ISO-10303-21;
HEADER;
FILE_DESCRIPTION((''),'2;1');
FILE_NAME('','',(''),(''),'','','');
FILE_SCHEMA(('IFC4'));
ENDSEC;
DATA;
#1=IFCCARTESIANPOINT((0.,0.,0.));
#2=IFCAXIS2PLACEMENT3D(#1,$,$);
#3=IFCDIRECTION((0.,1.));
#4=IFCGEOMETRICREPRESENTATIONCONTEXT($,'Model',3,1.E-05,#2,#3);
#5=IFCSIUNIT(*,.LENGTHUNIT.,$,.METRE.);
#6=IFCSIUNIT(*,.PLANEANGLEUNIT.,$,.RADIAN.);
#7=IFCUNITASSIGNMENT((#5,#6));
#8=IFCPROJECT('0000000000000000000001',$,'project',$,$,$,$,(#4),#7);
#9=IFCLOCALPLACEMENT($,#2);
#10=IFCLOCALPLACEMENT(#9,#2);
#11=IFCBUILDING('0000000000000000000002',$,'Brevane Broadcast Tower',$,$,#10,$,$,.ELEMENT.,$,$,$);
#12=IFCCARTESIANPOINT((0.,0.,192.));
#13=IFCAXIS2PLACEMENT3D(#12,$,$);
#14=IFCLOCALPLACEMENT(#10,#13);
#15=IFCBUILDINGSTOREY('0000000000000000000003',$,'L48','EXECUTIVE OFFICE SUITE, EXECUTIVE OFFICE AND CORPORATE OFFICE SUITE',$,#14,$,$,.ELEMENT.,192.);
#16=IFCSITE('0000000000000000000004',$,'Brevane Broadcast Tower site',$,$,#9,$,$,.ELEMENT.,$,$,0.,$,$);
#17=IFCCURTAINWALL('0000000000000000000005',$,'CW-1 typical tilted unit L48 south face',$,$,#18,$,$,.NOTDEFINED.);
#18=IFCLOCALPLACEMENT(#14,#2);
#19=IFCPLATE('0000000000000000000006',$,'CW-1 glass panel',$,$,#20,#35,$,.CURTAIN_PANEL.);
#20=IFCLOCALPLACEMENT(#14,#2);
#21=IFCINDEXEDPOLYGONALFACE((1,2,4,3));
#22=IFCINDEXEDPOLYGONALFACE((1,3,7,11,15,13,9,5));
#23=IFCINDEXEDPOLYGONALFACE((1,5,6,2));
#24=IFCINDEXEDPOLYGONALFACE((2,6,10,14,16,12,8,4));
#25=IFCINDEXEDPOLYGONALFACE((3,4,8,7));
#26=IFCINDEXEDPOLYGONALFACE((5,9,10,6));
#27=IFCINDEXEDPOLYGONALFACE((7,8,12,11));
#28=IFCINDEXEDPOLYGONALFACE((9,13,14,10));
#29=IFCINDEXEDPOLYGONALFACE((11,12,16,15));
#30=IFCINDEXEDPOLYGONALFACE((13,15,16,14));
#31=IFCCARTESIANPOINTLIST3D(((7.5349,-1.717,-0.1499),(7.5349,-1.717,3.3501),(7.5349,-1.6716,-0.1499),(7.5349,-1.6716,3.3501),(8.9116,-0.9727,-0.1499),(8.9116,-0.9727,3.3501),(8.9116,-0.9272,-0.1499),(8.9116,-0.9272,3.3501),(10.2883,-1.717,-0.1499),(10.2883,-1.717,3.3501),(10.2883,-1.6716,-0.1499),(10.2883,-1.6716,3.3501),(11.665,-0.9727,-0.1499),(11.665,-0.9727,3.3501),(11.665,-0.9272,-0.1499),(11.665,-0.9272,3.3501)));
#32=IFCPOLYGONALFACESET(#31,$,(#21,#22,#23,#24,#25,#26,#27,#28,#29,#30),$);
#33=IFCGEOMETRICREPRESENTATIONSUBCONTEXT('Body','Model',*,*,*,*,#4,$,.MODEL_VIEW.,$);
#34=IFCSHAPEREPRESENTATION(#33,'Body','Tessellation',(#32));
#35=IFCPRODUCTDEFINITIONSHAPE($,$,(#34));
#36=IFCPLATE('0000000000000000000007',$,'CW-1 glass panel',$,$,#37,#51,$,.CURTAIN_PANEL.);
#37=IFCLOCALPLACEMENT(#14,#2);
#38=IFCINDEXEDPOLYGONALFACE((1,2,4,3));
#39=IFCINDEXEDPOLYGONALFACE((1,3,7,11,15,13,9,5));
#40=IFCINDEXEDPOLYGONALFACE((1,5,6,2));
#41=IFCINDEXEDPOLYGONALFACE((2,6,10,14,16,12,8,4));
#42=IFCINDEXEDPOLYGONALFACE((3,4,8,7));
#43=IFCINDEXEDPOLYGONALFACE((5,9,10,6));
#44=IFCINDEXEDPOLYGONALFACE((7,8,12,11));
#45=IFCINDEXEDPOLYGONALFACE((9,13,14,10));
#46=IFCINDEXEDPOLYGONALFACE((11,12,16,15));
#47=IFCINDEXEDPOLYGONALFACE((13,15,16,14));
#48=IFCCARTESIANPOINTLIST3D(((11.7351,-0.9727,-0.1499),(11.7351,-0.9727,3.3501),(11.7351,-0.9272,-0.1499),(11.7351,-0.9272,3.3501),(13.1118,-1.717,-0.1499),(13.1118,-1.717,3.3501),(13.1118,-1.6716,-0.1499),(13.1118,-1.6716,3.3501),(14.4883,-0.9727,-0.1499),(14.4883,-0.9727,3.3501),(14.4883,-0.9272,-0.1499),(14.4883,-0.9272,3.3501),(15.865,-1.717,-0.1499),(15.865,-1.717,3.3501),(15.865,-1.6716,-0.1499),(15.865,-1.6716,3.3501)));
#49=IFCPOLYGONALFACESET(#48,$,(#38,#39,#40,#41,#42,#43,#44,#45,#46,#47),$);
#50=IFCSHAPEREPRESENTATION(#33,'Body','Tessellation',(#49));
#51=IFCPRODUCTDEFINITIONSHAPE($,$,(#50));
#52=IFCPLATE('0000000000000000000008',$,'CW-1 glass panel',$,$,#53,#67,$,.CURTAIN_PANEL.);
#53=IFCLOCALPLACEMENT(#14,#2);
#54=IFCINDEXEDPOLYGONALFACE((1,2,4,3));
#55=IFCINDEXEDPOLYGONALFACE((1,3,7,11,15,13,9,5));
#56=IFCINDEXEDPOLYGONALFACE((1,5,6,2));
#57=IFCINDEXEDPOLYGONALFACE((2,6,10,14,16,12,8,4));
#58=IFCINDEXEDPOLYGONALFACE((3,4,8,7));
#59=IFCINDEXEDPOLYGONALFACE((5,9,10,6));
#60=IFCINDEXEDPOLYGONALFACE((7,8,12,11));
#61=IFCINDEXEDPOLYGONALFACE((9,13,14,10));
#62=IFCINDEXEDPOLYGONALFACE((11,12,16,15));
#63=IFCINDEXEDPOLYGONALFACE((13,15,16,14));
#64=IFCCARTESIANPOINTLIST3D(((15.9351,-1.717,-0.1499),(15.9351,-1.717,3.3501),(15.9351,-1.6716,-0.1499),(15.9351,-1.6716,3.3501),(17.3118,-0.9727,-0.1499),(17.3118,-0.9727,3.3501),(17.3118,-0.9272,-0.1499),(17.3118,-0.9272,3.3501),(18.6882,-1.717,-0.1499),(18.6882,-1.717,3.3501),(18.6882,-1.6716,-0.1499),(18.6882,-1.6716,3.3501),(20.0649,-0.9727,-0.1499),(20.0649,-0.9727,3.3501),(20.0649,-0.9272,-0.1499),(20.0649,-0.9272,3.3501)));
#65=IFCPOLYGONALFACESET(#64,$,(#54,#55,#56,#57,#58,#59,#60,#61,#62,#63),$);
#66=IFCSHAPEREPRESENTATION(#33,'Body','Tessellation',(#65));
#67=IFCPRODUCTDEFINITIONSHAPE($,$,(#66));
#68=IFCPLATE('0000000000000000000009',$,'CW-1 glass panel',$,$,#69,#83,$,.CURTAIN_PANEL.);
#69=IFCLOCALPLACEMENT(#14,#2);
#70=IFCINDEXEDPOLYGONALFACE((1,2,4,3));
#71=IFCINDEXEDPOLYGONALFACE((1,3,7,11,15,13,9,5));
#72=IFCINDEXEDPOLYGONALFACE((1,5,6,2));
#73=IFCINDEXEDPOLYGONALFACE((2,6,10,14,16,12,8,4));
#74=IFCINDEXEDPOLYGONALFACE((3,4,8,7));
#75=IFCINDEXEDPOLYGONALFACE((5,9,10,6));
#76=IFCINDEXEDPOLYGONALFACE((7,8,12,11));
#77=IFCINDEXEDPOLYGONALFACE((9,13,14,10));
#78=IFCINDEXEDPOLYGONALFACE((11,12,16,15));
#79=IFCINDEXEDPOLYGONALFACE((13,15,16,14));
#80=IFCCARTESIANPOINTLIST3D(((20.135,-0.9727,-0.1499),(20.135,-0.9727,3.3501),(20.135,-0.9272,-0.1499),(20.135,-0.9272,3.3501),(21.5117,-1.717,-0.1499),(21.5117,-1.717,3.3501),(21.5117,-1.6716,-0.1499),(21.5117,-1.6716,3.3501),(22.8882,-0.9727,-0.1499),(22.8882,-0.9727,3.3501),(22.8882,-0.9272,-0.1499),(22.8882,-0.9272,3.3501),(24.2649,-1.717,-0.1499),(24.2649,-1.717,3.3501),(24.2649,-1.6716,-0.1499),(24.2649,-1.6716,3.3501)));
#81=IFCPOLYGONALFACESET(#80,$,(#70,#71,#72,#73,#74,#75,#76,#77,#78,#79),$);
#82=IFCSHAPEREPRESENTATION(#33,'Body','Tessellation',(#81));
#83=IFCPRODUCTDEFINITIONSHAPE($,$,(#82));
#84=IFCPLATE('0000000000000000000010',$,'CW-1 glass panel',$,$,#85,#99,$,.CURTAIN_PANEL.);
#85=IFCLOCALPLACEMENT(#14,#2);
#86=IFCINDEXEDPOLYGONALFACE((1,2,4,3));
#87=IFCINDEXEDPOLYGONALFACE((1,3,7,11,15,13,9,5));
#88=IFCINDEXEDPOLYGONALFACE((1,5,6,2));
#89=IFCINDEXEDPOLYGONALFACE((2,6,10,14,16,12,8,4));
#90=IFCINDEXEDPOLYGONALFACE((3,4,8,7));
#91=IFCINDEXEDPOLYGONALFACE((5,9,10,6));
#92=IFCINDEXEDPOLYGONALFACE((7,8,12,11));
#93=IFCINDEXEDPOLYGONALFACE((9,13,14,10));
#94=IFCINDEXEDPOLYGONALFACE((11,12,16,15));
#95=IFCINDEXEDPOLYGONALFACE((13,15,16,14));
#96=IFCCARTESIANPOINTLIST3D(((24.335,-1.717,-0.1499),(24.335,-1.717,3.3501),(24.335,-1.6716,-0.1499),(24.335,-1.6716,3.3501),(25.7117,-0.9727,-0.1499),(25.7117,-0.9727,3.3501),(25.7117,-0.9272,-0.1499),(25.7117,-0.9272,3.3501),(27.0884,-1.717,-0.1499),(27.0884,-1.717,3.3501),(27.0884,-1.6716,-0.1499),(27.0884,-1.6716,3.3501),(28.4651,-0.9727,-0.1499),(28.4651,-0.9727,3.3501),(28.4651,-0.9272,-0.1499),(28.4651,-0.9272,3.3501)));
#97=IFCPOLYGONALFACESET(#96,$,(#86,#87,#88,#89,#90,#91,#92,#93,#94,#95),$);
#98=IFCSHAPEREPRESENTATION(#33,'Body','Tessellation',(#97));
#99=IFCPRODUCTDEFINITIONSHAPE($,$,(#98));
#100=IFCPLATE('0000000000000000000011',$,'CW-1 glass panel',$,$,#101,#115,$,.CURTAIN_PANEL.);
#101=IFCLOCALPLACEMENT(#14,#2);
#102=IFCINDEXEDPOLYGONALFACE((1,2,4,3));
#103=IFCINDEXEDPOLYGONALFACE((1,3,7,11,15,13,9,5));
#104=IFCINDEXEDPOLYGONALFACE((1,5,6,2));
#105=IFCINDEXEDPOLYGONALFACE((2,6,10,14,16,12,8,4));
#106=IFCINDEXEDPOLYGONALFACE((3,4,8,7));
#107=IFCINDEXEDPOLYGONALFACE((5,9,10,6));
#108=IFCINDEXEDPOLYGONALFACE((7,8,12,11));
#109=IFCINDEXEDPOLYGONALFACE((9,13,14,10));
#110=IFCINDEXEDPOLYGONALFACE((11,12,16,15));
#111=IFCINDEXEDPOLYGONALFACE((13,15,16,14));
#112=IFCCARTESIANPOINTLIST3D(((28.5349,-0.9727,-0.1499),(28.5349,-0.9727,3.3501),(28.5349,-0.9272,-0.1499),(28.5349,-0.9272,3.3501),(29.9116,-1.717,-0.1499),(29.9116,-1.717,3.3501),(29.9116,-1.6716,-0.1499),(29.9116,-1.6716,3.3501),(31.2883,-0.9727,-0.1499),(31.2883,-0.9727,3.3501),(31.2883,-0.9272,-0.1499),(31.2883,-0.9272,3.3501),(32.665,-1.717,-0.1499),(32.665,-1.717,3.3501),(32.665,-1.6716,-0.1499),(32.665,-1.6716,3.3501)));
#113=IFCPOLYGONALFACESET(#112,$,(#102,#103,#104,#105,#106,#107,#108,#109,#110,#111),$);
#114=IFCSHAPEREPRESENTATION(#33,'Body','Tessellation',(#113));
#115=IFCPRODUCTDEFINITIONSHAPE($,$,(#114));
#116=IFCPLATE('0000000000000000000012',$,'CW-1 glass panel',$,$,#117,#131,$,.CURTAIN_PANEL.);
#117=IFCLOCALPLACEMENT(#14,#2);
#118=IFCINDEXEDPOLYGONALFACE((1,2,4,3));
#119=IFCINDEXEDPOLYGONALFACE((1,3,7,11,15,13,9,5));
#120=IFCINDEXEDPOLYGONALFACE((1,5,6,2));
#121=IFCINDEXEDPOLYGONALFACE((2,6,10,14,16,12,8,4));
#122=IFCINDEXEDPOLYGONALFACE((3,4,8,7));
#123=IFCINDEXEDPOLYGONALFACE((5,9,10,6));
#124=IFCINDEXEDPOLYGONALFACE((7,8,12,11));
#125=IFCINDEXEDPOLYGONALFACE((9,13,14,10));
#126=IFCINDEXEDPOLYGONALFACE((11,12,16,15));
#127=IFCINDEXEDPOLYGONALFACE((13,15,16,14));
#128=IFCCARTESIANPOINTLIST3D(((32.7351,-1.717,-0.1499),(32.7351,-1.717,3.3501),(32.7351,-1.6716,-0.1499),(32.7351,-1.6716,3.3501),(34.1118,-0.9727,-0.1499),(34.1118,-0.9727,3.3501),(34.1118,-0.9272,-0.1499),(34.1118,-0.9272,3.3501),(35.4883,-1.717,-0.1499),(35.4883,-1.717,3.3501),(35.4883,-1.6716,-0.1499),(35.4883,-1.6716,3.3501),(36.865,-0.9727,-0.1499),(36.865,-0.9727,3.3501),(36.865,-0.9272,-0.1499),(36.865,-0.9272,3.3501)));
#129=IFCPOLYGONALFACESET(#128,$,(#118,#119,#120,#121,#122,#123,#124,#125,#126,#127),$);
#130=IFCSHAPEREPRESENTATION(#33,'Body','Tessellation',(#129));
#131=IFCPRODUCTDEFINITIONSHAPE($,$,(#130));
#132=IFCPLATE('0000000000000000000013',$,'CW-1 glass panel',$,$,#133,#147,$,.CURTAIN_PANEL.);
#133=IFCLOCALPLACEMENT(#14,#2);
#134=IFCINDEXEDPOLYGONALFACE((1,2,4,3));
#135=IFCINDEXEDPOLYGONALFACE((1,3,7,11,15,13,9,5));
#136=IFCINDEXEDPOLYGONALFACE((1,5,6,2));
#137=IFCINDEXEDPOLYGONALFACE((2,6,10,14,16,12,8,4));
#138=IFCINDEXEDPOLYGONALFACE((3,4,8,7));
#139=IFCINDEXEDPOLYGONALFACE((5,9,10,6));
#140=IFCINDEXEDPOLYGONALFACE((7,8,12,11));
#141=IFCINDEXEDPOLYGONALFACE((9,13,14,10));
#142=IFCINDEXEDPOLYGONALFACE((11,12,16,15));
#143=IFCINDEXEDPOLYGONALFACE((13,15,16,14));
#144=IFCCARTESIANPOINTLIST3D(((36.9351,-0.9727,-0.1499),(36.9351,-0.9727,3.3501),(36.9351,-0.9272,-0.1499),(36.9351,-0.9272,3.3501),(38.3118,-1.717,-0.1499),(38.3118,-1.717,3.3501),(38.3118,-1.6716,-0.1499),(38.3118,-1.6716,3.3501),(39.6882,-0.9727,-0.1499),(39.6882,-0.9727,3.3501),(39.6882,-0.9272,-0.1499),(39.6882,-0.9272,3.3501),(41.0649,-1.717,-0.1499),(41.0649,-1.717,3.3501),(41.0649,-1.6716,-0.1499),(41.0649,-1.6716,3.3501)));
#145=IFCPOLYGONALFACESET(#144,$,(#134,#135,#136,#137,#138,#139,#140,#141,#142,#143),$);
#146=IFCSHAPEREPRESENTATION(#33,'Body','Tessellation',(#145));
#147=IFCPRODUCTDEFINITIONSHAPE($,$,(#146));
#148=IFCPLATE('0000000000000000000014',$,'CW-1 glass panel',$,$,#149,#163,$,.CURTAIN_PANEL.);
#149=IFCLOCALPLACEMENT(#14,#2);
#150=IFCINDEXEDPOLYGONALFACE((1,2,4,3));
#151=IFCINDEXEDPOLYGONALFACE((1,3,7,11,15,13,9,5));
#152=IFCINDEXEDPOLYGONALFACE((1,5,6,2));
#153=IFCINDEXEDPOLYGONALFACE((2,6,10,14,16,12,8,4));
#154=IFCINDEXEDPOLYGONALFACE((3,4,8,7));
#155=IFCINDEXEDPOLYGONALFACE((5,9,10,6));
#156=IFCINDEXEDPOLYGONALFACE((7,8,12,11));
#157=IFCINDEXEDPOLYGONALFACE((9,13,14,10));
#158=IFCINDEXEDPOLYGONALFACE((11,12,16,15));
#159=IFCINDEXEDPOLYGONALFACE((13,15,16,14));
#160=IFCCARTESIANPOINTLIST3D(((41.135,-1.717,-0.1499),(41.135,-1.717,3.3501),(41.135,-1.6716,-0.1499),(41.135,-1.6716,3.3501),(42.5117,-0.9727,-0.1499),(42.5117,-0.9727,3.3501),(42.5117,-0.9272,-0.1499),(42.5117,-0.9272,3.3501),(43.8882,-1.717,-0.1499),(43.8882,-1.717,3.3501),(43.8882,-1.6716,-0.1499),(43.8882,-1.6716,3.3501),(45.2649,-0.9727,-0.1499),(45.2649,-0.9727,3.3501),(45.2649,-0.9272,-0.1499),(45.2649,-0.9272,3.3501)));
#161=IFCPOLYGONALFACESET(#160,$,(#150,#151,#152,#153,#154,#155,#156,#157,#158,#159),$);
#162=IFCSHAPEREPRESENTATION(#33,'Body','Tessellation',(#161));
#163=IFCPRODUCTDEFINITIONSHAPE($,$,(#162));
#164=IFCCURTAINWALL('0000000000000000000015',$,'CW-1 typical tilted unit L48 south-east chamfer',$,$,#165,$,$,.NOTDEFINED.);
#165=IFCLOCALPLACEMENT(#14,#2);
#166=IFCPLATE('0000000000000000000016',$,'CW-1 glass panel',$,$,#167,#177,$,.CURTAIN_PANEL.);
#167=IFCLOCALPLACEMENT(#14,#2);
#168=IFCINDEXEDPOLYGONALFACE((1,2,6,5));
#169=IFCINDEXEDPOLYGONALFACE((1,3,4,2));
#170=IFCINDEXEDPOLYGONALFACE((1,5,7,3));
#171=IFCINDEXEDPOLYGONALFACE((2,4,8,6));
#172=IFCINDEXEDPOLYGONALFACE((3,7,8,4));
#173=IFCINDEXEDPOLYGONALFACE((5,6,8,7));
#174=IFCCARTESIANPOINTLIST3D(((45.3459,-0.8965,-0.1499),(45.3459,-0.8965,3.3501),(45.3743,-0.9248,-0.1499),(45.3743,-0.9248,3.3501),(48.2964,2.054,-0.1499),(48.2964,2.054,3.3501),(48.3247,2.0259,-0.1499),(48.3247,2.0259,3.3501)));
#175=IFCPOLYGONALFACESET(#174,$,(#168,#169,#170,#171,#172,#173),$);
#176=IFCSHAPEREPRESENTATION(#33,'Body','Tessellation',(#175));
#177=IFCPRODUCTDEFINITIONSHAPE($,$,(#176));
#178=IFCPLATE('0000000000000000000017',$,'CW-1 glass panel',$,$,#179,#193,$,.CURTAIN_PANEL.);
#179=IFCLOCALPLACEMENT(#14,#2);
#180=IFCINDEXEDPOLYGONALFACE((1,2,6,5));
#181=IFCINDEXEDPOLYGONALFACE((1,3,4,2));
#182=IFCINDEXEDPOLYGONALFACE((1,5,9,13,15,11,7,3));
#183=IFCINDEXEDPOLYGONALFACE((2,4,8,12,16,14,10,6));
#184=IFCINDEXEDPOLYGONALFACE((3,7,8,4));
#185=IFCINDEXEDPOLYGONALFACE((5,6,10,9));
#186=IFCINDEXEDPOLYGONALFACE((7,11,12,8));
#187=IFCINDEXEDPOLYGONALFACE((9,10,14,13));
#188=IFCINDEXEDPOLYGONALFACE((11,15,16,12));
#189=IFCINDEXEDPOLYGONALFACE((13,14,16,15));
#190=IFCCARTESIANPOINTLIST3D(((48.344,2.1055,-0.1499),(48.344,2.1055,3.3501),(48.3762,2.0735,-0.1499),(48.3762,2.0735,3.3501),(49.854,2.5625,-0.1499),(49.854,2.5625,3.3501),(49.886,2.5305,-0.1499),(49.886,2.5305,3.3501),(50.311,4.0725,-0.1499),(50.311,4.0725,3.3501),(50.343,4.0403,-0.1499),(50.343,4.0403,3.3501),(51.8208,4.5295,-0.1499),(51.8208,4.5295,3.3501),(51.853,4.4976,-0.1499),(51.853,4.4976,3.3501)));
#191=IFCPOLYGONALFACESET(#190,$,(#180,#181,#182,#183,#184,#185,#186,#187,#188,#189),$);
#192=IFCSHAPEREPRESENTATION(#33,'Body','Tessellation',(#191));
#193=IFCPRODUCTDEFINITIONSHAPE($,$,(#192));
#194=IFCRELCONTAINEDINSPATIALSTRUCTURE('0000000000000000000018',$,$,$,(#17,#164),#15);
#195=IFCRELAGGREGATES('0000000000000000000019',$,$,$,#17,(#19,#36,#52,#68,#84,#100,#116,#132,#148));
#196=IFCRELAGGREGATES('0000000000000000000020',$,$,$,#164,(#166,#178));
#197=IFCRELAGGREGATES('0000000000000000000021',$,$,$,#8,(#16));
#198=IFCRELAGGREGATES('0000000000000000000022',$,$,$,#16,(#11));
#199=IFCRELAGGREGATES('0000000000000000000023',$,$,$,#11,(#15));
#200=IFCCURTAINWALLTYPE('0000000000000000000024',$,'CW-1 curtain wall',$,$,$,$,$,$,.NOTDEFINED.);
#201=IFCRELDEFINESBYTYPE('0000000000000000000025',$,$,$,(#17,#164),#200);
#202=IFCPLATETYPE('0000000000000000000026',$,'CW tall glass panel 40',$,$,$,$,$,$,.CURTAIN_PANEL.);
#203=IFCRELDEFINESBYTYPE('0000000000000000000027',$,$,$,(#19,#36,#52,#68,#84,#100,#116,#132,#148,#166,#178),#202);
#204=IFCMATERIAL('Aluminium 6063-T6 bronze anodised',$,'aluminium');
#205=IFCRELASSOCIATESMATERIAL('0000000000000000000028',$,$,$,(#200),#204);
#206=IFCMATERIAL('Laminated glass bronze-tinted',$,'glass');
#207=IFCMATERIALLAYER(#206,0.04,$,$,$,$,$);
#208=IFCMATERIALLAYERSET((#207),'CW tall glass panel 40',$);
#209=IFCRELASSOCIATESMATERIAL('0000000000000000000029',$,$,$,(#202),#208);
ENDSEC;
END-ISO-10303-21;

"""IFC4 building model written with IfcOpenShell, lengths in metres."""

from ifc_helpers import new_model, si_unit, direction, frame, origin, place, context, subcontext, project, spatial, polyline, outline, extrude, material, layer, layer_set, type_object, element, aggregate, save


model = new_model("IFC4")

# Units and contexts
model_context = context("Model", 3, precision=1e-05, world=origin(), true_north=direction((0.0, 1.0)))
body_context = subcontext(model_context, "Body", "Model", "MODEL_VIEW")
ifc_project = project(units=[si_unit("LENGTHUNIT", "METRE"), si_unit("PLANEANGLEUNIT", "RADIAN")], contexts=[model_context])

# Site, building, storey
site_placement = place(None, origin())
site = spatial("IfcSite", under=ifc_project, at=site_placement, Name="Brevane Broadcast Tower site", CompositionType="ELEMENT", RefElevation=0.0)
building_placement = place(site_placement, origin())
building = spatial("IfcBuilding", under=site, at=building_placement, Name="Brevane Broadcast Tower", CompositionType="ELEMENT")
storey_placement = place(building_placement, frame((0.0, 0.0, 192.0)))
storey = spatial("IfcBuildingStorey", under=building, at=storey_placement, Name="L48", Description="EXECUTIVE OFFICE SUITE, EXECUTIVE OFFICE AND CORPORATE OFFICE SUITE", CompositionType="ELEMENT", Elevation=192.0)

# Curtain walls, plates
ifc_material_1 = material(Name="Aluminium 6063-T6 bronze anodised", Category="aluminium")
curtain_wall_type = type_object("IfcCurtainWallType", Name="CW-1 curtain wall", PredefinedType="NOTDEFINED", material=ifc_material_1)
curtain_wall_1_placement = place(storey_placement, origin())
curtain_wall_1 = element("IfcCurtainWall", 1, at=curtain_wall_1_placement, inside=storey, type_object=curtain_wall_type, Name="CW-1 typical tilted unit L48 south face", PredefinedType="NOTDEFINED")
ifc_material_2 = material(Name="Laminated glass bronze-tinted", Category="glass")
ifc_layer = layer(ifc_material_2, 0.04)
ifc_layer_set = layer_set([ifc_layer], Name="CW tall glass panel 40")
plate_type = type_object("IfcPlateType", Name="CW tall glass panel 40", PredefinedType="CURTAIN_PANEL", material=ifc_layer_set)
plate_1_placement = place(storey_placement, frame((0.0, 0.0, -0.1499)))
plate_1 = element("IfcPlate", 2, at=plate_1_placement, type_object=plate_type, Name="CW-1 glass panel", PredefinedType="CURTAIN_PANEL", context=body_context, shape_type="SweptSolid", body=[
    extrude(outline(polyline([(7.5349, -1.6716), (7.5349, -1.717), (8.9116, -0.9727), (10.2883, -1.717), (11.665, -0.9727), (11.665, -0.9272), (10.2883, -1.6716), (8.9116, -0.9272), (7.5349, -1.6716)])), origin(), (0.0, 0.0, 1.0), 3.5),
])
plate_2_placement = place(storey_placement, frame((0.0, 0.0, -0.1499)))
plate_2 = element("IfcPlate", 3, at=plate_2_placement, type_object=plate_type, Name="CW-1 glass panel", PredefinedType="CURTAIN_PANEL", context=body_context, shape_type="SweptSolid", body=[
    extrude(outline(polyline([(11.7351, -0.9272), (11.7351, -0.9727), (13.1118, -1.717), (14.4883, -0.9727), (15.865, -1.717), (15.865, -1.6716), (14.4883, -0.9272), (13.1118, -1.6716), (11.7351, -0.9272)])), origin(), (0.0, 0.0, 1.0), 3.5),
])
plate_3_placement = place(storey_placement, frame((0.0, 0.0, -0.1499)))
plate_3 = element("IfcPlate", 4, at=plate_3_placement, type_object=plate_type, Name="CW-1 glass panel", PredefinedType="CURTAIN_PANEL", context=body_context, shape_type="SweptSolid", body=[
    extrude(outline(polyline([(15.9351, -1.6716), (15.9351, -1.717), (17.3118, -0.9727), (18.6882, -1.717), (20.0649, -0.9727), (20.0649, -0.9272), (18.6882, -1.6716), (17.3118, -0.9272), (15.9351, -1.6716)])), origin(), (0.0, 0.0, 1.0), 3.5),
])
plate_4_placement = place(storey_placement, frame((0.0, 0.0, -0.1499)))
plate_4 = element("IfcPlate", 5, at=plate_4_placement, type_object=plate_type, Name="CW-1 glass panel", PredefinedType="CURTAIN_PANEL", context=body_context, shape_type="SweptSolid", body=[
    extrude(outline(polyline([(20.135, -0.9272), (20.135, -0.9727), (21.5117, -1.717), (22.8882, -0.9727), (24.2649, -1.717), (24.2649, -1.6716), (22.8882, -0.9272), (21.5117, -1.6716), (20.135, -0.9272)])), origin(), (0.0, 0.0, 1.0), 3.5),
])
plate_5_placement = place(storey_placement, frame((0.0, 0.0, -0.1499)))
plate_5 = element("IfcPlate", 6, at=plate_5_placement, type_object=plate_type, Name="CW-1 glass panel", PredefinedType="CURTAIN_PANEL", context=body_context, shape_type="SweptSolid", body=[
    extrude(outline(polyline([(24.335, -1.6716), (24.335, -1.717), (25.7117, -0.9727), (27.0884, -1.717), (28.4651, -0.9727), (28.4651, -0.9272), (27.0884, -1.6716), (25.7117, -0.9272), (24.335, -1.6716)])), origin(), (0.0, 0.0, 1.0), 3.5),
])
plate_6_placement = place(storey_placement, frame((0.0, 0.0, -0.1499)))
plate_6 = element("IfcPlate", 7, at=plate_6_placement, type_object=plate_type, Name="CW-1 glass panel", PredefinedType="CURTAIN_PANEL", context=body_context, shape_type="SweptSolid", body=[
    extrude(outline(polyline([(28.5349, -0.9272), (28.5349, -0.9727), (29.9116, -1.717), (31.2883, -0.9727), (32.665, -1.717), (32.665, -1.6716), (31.2883, -0.9272), (29.9116, -1.6716), (28.5349, -0.9272)])), origin(), (0.0, 0.0, 1.0), 3.5),
])
plate_7_placement = place(storey_placement, frame((0.0, 0.0, -0.1499)))
plate_7 = element("IfcPlate", 8, at=plate_7_placement, type_object=plate_type, Name="CW-1 glass panel", PredefinedType="CURTAIN_PANEL", context=body_context, shape_type="SweptSolid", body=[
    extrude(outline(polyline([(32.7351, -1.6716), (32.7351, -1.717), (34.1118, -0.9727), (35.4883, -1.717), (36.865, -0.9727), (36.865, -0.9272), (35.4883, -1.6716), (34.1118, -0.9272), (32.7351, -1.6716)])), origin(), (0.0, 0.0, 1.0), 3.5),
])
plate_8_placement = place(storey_placement, frame((0.0, 0.0, -0.1499)))
plate_8 = element("IfcPlate", 9, at=plate_8_placement, type_object=plate_type, Name="CW-1 glass panel", PredefinedType="CURTAIN_PANEL", context=body_context, shape_type="SweptSolid", body=[
    extrude(outline(polyline([(36.9351, -0.9272), (36.9351, -0.9727), (38.3118, -1.717), (39.6882, -0.9727), (41.0649, -1.717), (41.0649, -1.6716), (39.6882, -0.9272), (38.3118, -1.6716), (36.9351, -0.9272)])), origin(), (0.0, 0.0, 1.0), 3.5),
])
plate_9_placement = place(storey_placement, frame((0.0, 0.0, -0.1499)))
plate_9 = element("IfcPlate", 10, at=plate_9_placement, type_object=plate_type, Name="CW-1 glass panel", PredefinedType="CURTAIN_PANEL", context=body_context, shape_type="SweptSolid", body=[
    extrude(outline(polyline([(41.135, -1.6716), (41.135, -1.717), (42.5117, -0.9727), (43.8882, -1.717), (45.2649, -0.9727), (45.2649, -0.9272), (43.8882, -1.6716), (42.5117, -0.9272), (41.135, -1.6716)])), origin(), (0.0, 0.0, 1.0), 3.5),
])
aggregate(curtain_wall_1, [plate_1, plate_2, plate_3, plate_4, plate_5, plate_6, plate_7, plate_8, plate_9])
curtain_wall_2_placement = place(storey_placement, origin())
curtain_wall_2 = element("IfcCurtainWall", 11, at=curtain_wall_2_placement, inside=storey, type_object=curtain_wall_type, Name="CW-1 typical tilted unit L48 south-east chamfer", PredefinedType="NOTDEFINED")
plate_10_placement = place(storey_placement, frame((0.0, 0.0, -0.1499)))
plate_10 = element("IfcPlate", 12, at=plate_10_placement, type_object=plate_type, Name="CW-1 glass panel", PredefinedType="CURTAIN_PANEL", context=body_context, shape_type="SweptSolid", body=[
    extrude(outline(polyline([(45.3459, -0.8965), (48.2964, 2.054), (48.3247, 2.0259), (45.3743, -0.9248), (45.3459, -0.8965)])), origin(), (0.0, 0.0, 1.0), 3.5),
])
plate_11_placement = place(storey_placement, frame((0.0, 0.0, -0.1499)))
plate_11 = element("IfcPlate", 13, at=plate_11_placement, type_object=plate_type, Name="CW-1 glass panel", PredefinedType="CURTAIN_PANEL", context=body_context, shape_type="SweptSolid", body=[
    extrude(outline(polyline([(48.344, 2.1055), (48.3762, 2.0735), (49.886, 2.5305), (50.343, 4.0403), (51.853, 4.4976), (51.8208, 4.5295), (50.311, 4.0725), (49.854, 2.5625), (48.344, 2.1055)])), origin(), (0.0, 0.0, 1.0), 3.5),
])
aggregate(curtain_wall_2, [plate_10, plate_11])

save(model, "model.ifc")
